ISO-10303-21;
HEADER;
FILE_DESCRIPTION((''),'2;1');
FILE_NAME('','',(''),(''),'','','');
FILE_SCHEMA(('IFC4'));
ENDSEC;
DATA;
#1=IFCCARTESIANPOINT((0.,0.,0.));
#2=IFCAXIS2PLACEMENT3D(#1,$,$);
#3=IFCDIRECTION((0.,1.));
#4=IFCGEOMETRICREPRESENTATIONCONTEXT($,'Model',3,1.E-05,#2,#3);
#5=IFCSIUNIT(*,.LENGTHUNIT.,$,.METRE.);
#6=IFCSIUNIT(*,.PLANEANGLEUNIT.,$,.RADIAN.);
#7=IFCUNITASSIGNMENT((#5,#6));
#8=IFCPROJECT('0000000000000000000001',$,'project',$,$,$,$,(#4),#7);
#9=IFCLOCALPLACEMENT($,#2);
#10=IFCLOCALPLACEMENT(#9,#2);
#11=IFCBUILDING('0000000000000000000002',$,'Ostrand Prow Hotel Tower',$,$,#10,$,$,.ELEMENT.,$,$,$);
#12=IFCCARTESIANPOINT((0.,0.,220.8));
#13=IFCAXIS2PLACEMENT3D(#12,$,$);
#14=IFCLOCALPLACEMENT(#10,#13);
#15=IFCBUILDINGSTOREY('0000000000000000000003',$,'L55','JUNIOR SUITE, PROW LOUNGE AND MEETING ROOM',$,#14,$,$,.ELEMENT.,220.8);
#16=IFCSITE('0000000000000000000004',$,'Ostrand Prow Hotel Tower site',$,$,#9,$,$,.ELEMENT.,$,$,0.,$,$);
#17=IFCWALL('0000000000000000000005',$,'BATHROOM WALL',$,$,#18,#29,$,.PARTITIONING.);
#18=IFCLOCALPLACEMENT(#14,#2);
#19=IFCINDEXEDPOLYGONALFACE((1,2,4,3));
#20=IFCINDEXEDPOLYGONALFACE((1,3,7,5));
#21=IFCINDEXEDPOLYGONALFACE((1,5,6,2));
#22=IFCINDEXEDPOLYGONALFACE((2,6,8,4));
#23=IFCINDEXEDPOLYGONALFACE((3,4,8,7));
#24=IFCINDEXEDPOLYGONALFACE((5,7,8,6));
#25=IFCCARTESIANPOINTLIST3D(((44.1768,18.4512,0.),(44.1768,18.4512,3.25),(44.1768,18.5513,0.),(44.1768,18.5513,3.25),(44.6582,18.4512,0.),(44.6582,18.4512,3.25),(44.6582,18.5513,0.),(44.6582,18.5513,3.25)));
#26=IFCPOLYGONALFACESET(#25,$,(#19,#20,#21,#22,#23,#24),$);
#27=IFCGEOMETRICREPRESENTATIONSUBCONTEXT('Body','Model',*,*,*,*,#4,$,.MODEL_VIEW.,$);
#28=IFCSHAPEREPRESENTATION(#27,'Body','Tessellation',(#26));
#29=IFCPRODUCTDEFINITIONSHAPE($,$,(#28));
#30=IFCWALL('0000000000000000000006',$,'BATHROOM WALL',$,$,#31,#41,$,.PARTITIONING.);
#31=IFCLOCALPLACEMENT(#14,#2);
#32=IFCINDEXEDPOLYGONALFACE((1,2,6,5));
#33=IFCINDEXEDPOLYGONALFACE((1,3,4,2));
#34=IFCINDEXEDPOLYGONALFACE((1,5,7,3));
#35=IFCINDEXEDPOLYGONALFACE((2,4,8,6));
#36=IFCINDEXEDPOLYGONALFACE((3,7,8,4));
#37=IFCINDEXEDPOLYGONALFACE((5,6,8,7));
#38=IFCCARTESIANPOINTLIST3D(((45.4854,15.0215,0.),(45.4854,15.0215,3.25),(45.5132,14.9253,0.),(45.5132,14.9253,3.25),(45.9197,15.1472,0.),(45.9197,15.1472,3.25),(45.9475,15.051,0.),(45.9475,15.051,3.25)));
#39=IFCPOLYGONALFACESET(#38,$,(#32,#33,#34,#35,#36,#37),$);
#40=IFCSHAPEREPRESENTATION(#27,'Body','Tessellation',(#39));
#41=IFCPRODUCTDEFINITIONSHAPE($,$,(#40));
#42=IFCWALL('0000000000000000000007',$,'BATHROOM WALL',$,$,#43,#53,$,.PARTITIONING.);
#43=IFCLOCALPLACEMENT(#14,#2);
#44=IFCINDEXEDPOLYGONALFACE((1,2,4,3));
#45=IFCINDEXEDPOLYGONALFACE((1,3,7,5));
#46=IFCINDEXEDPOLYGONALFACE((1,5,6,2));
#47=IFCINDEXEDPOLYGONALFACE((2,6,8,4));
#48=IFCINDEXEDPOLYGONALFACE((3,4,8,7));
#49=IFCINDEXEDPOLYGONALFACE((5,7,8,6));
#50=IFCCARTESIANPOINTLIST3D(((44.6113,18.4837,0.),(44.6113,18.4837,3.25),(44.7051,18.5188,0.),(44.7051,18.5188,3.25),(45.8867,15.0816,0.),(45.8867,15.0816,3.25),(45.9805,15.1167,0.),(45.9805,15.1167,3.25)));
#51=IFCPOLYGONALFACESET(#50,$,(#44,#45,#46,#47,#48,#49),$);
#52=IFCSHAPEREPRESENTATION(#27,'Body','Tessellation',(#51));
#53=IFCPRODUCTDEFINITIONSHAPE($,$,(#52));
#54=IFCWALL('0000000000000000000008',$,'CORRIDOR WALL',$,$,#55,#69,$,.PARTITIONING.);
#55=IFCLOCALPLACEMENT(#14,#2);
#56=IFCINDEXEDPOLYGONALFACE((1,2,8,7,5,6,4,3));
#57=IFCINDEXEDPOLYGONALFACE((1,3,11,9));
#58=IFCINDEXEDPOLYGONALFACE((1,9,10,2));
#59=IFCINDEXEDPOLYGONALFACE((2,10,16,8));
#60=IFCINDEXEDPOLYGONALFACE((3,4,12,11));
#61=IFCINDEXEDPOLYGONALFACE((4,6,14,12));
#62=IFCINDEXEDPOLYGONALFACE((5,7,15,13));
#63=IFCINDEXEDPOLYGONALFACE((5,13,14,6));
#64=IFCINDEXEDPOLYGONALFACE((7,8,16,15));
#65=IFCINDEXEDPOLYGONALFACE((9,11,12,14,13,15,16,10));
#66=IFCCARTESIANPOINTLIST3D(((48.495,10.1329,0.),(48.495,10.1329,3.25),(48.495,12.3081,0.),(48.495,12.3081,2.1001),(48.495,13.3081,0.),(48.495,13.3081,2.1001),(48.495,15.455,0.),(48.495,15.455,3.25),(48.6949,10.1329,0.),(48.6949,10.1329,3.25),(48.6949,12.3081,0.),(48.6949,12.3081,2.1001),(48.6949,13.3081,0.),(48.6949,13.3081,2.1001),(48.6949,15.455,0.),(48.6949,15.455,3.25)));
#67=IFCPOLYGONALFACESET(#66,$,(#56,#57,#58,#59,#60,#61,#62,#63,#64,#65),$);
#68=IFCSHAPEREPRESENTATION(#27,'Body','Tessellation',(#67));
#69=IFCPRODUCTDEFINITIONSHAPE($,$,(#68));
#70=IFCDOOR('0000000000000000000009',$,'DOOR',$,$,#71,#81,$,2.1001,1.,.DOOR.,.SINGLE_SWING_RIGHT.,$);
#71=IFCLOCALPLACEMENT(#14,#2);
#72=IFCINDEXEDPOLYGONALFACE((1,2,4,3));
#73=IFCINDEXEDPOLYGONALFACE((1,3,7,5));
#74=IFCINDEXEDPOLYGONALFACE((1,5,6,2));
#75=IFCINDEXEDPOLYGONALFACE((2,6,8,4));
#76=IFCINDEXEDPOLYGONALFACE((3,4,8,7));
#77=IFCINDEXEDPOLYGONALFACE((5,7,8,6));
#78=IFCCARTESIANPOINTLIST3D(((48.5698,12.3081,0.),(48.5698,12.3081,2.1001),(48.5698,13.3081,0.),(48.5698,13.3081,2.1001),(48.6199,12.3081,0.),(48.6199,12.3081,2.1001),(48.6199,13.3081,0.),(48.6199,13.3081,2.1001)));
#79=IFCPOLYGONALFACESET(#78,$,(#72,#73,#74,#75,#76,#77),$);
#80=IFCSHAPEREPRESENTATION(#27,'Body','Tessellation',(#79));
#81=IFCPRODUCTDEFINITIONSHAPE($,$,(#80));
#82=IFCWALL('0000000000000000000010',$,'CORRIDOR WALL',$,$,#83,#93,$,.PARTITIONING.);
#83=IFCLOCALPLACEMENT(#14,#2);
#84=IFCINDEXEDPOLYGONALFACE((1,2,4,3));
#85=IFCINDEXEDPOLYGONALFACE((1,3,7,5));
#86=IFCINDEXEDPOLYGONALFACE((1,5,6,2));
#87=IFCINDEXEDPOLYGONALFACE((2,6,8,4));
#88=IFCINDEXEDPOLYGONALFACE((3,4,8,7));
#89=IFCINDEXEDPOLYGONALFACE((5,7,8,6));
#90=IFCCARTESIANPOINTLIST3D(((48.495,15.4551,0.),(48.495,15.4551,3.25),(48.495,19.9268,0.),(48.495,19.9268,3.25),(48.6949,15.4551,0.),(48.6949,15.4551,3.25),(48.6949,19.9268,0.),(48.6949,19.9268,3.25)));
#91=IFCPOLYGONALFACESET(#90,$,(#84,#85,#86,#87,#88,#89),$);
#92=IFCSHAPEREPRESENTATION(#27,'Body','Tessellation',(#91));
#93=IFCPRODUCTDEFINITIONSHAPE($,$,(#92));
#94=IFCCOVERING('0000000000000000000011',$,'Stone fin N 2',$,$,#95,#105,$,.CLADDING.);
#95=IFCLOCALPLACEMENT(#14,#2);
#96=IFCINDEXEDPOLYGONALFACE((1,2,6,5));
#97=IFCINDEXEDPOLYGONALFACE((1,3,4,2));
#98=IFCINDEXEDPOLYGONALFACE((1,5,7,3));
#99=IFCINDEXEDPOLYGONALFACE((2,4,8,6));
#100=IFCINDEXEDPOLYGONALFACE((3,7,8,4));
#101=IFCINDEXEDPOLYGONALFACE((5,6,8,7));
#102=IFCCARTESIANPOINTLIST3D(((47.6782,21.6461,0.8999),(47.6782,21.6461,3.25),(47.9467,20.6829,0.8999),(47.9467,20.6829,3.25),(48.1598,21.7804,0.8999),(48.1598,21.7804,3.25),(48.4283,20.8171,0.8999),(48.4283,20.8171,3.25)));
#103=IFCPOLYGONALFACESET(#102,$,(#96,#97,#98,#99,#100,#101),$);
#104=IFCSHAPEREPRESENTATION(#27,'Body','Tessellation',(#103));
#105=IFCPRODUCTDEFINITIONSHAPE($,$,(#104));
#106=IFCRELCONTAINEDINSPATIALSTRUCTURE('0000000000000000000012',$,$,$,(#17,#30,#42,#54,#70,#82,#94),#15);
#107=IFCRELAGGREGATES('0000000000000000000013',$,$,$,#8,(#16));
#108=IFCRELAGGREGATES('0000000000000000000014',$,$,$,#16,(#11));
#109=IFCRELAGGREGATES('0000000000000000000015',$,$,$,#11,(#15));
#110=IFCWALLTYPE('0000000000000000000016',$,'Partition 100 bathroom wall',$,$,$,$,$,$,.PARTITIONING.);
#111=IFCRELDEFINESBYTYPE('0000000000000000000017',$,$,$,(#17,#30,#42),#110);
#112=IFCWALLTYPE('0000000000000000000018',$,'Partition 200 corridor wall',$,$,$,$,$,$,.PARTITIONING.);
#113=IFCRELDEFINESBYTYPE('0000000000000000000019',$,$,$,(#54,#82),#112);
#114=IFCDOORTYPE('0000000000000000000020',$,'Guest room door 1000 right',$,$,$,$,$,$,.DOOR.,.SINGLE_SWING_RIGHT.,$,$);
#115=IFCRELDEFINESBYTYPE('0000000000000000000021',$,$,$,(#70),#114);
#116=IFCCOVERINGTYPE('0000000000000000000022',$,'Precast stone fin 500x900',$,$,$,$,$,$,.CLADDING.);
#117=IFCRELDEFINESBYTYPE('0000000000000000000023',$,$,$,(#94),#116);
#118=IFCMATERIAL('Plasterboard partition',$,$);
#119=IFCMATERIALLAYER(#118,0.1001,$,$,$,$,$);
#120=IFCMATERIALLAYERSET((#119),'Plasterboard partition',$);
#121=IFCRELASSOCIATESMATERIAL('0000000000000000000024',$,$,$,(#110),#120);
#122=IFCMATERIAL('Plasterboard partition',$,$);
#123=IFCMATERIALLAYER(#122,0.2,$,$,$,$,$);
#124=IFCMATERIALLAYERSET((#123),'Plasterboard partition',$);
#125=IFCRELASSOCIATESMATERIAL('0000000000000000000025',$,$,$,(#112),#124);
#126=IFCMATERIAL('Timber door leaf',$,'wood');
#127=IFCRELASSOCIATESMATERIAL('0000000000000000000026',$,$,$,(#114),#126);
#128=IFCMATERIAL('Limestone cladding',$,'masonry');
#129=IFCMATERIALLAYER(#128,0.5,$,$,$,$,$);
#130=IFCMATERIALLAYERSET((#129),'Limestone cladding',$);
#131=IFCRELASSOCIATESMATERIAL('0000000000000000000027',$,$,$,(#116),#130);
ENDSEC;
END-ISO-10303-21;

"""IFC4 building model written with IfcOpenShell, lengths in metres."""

from ifc_helpers import new_model, si_unit, direction, frame, frame_2d, origin, place, context, subcontext, project, spatial, rectangle, extrude, material, layer, layer_set, type_object, element, fill, save


model = new_model("IFC4")

# Units and contexts
model_context = context("Model", 3, precision=1e-05, world=origin(), true_north=direction((0.0, 1.0)))
body_context = subcontext(model_context, "Body", "Model", "MODEL_VIEW")
ifc_project = project(units=[si_unit("LENGTHUNIT", "METRE"), si_unit("PLANEANGLEUNIT", "RADIAN")], contexts=[model_context])

# Site, building, storey
site_placement = place(None, origin())
site = spatial("IfcSite", under=ifc_project, at=site_placement, Name="Ostrand Prow Hotel Tower site", CompositionType="ELEMENT", RefElevation=0.0)
building_placement = place(site_placement, origin())
building = spatial("IfcBuilding", under=site, at=building_placement, Name="Ostrand Prow Hotel Tower", CompositionType="ELEMENT")
storey_placement = place(building_placement, frame((0.0, 0.0, 220.8)))
storey = spatial("IfcBuildingStorey", under=building, at=storey_placement, Name="L55", Description="JUNIOR SUITE, PROW LOUNGE AND MEETING ROOM", CompositionType="ELEMENT", Elevation=220.8)

# Walls
ifc_material_1 = material(Name="Plasterboard partition")
ifc_layer_1 = layer(ifc_material_1, 0.1001)
ifc_layer_set_1 = layer_set([ifc_layer_1], Name="Plasterboard partition")
wall_type_1 = type_object("IfcWallType", Name="Partition 100 bathroom wall", PredefinedType="PARTITIONING", material=ifc_layer_set_1)
wall_1_placement = place(storey_placement, frame((44.1768, 18.5012, 0.0), z_axis=(0.0, 0.0, 1.0), x_axis=(1.0, 0.0, 0.0)))
element("IfcWall", 1, at=wall_1_placement, inside=storey, type_object=wall_type_1, Name="BATHROOM WALL", PredefinedType="PARTITIONING", context=body_context, shape_type="SweptSolid", body=[
    extrude(rectangle(XDim=0.4814, YDim=0.1001, at=frame_2d((0.2407, 0.0))), origin(), (0.0, 0.0, 1.0), 3.25),
])
wall_2_placement = place(storey_placement, frame((45.9336, 15.0991, 0.0), z_axis=(0.0, 0.0, 1.0), x_axis=(-0.96056, -0.278071, 0.0)))
element("IfcWall", 2, at=wall_2_placement, inside=storey, type_object=wall_type_1, Name="BATHROOM WALL", PredefinedType="PARTITIONING", context=body_context, shape_type="SweptSolid", body=[
    extrude(rectangle(XDim=0.4521, YDim=0.1001, at=frame_2d((0.2261, 0.0))), origin(), (0.0, 0.0, 1.0), 3.25),
])
wall_3_placement = place(storey_placement, frame((44.6582, 18.5012, 0.0), z_axis=(0.0, 0.0, 1.0), x_axis=(0.351028, -0.936365, 0.0)))
element("IfcWall", 3, at=wall_3_placement, inside=storey, type_object=wall_type_1, Name="BATHROOM WALL", PredefinedType="PARTITIONING", context=body_context, shape_type="SweptSolid", body=[
    extrude(rectangle(XDim=3.6333, YDim=0.1001, at=frame_2d((1.8167, 0.0))), origin(), (0.0, 0.0, 1.0), 3.25),
])

# Wall, opening, door
ifc_material_2 = material(Name="Plasterboard partition")
ifc_layer_2 = layer(ifc_material_2, 0.2)
ifc_layer_set_2 = layer_set([ifc_layer_2], Name="Plasterboard partition")
wall_type_2 = type_object("IfcWallType", Name="Partition 200 corridor wall", PredefinedType="PARTITIONING", material=ifc_layer_set_2)
wall_4_placement = place(storey_placement, frame((48.595, 15.4551, 0.0), z_axis=(0.0, 0.0, 1.0), x_axis=(0.0, -1.0, 0.0)))
wall_4 = element("IfcWall", 4, at=wall_4_placement, inside=storey, type_object=wall_type_2, Name="CORRIDOR WALL", PredefinedType="PARTITIONING", context=body_context, shape_type="SweptSolid", body=[
    extrude(rectangle(XDim=5.322, YDim=0.2, at=frame_2d((2.6611, 0.0))), origin(), (0.0, 0.0, 1.0), 3.25),
])
opening_placement = place(wall_4_placement, frame((2.147, 0.0, 0.0)))
opening = element("IfcOpeningElement", 5, at=opening_placement, cuts=wall_4, PredefinedType="OPENING", context=body_context, shape_type="SweptSolid", body=[
    extrude(rectangle(XDim=1.0, YDim=2.1001, at=frame_2d((0.5, 1.05))), frame((0.0, 0.1099, 0.0), z_axis=(0.0, -1.0, 0.0), x_axis=(1.0, 0.0, 0.0)), (0.0, 0.0, 1.0), 0.22),
])
ifc_material_3 = material(Name="Timber door leaf", Category="wood")
door_type = type_object("IfcDoorType", Name="Guest room door 1000 right", OperationType="SINGLE_SWING_RIGHT", PredefinedType="DOOR", material=ifc_material_3)
door_placement = place(opening_placement, origin())
door = element("IfcDoor", 6, at=door_placement, inside=storey, type_object=door_type, Name="DOOR", OperationType="SINGLE_SWING_RIGHT", OverallHeight=2.1001, OverallWidth=1.0, PredefinedType="DOOR", context=body_context, shape_type="SweptSolid", body=[
    extrude(rectangle(XDim=1.0, YDim=2.1001, at=frame_2d((0.5, 1.05))), frame((0.0, 0.0249, 0.0), z_axis=(0.0, -1.0, 0.0), x_axis=(1.0, 0.0, 0.0)), (0.0, 0.0, 1.0), 0.05),
])
fill(opening, door)

# Wall
wall_5_placement = place(storey_placement, frame((48.595, 19.9268, 0.0), z_axis=(0.0, 0.0, 1.0), x_axis=(0.0, -1.0, 0.0)))
element("IfcWall", 7, at=wall_5_placement, inside=storey, type_object=wall_type_2, Name="CORRIDOR WALL", PredefinedType="PARTITIONING", context=body_context, shape_type="SweptSolid", body=[
    extrude(rectangle(XDim=4.4717, YDim=0.2, at=frame_2d((2.2358, 0.0))), origin(), (0.0, 0.0, 1.0), 3.25),
])

# Covering
ifc_material_4 = material(Name="Limestone cladding", Category="masonry")
ifc_layer_3 = layer(ifc_material_4, 0.5)
ifc_layer_set_3 = layer_set([ifc_layer_3], Name="Limestone cladding")
covering_type = type_object("IfcCoveringType", Name="Precast stone fin 500x900", PredefinedType="CLADDING", material=ifc_layer_set_3)
covering_placement = place(storey_placement, frame((48.1875, 20.75, 0.8999), z_axis=(0.0, 0.0, 1.0), x_axis=(-0.268525, 0.963273, 0.0)))
element("IfcCovering", 8, at=covering_placement, inside=storey, type_object=covering_type, Name="Stone fin N 2", PredefinedType="CLADDING", context=body_context, shape_type="SweptSolid", body=[
    extrude(rectangle(XDim=1.0, YDim=0.5, at=frame_2d((0.5, 0.0))), origin(), (0.0, 0.0, 1.0), 2.3501),
])

save(model, "model.ifc")
